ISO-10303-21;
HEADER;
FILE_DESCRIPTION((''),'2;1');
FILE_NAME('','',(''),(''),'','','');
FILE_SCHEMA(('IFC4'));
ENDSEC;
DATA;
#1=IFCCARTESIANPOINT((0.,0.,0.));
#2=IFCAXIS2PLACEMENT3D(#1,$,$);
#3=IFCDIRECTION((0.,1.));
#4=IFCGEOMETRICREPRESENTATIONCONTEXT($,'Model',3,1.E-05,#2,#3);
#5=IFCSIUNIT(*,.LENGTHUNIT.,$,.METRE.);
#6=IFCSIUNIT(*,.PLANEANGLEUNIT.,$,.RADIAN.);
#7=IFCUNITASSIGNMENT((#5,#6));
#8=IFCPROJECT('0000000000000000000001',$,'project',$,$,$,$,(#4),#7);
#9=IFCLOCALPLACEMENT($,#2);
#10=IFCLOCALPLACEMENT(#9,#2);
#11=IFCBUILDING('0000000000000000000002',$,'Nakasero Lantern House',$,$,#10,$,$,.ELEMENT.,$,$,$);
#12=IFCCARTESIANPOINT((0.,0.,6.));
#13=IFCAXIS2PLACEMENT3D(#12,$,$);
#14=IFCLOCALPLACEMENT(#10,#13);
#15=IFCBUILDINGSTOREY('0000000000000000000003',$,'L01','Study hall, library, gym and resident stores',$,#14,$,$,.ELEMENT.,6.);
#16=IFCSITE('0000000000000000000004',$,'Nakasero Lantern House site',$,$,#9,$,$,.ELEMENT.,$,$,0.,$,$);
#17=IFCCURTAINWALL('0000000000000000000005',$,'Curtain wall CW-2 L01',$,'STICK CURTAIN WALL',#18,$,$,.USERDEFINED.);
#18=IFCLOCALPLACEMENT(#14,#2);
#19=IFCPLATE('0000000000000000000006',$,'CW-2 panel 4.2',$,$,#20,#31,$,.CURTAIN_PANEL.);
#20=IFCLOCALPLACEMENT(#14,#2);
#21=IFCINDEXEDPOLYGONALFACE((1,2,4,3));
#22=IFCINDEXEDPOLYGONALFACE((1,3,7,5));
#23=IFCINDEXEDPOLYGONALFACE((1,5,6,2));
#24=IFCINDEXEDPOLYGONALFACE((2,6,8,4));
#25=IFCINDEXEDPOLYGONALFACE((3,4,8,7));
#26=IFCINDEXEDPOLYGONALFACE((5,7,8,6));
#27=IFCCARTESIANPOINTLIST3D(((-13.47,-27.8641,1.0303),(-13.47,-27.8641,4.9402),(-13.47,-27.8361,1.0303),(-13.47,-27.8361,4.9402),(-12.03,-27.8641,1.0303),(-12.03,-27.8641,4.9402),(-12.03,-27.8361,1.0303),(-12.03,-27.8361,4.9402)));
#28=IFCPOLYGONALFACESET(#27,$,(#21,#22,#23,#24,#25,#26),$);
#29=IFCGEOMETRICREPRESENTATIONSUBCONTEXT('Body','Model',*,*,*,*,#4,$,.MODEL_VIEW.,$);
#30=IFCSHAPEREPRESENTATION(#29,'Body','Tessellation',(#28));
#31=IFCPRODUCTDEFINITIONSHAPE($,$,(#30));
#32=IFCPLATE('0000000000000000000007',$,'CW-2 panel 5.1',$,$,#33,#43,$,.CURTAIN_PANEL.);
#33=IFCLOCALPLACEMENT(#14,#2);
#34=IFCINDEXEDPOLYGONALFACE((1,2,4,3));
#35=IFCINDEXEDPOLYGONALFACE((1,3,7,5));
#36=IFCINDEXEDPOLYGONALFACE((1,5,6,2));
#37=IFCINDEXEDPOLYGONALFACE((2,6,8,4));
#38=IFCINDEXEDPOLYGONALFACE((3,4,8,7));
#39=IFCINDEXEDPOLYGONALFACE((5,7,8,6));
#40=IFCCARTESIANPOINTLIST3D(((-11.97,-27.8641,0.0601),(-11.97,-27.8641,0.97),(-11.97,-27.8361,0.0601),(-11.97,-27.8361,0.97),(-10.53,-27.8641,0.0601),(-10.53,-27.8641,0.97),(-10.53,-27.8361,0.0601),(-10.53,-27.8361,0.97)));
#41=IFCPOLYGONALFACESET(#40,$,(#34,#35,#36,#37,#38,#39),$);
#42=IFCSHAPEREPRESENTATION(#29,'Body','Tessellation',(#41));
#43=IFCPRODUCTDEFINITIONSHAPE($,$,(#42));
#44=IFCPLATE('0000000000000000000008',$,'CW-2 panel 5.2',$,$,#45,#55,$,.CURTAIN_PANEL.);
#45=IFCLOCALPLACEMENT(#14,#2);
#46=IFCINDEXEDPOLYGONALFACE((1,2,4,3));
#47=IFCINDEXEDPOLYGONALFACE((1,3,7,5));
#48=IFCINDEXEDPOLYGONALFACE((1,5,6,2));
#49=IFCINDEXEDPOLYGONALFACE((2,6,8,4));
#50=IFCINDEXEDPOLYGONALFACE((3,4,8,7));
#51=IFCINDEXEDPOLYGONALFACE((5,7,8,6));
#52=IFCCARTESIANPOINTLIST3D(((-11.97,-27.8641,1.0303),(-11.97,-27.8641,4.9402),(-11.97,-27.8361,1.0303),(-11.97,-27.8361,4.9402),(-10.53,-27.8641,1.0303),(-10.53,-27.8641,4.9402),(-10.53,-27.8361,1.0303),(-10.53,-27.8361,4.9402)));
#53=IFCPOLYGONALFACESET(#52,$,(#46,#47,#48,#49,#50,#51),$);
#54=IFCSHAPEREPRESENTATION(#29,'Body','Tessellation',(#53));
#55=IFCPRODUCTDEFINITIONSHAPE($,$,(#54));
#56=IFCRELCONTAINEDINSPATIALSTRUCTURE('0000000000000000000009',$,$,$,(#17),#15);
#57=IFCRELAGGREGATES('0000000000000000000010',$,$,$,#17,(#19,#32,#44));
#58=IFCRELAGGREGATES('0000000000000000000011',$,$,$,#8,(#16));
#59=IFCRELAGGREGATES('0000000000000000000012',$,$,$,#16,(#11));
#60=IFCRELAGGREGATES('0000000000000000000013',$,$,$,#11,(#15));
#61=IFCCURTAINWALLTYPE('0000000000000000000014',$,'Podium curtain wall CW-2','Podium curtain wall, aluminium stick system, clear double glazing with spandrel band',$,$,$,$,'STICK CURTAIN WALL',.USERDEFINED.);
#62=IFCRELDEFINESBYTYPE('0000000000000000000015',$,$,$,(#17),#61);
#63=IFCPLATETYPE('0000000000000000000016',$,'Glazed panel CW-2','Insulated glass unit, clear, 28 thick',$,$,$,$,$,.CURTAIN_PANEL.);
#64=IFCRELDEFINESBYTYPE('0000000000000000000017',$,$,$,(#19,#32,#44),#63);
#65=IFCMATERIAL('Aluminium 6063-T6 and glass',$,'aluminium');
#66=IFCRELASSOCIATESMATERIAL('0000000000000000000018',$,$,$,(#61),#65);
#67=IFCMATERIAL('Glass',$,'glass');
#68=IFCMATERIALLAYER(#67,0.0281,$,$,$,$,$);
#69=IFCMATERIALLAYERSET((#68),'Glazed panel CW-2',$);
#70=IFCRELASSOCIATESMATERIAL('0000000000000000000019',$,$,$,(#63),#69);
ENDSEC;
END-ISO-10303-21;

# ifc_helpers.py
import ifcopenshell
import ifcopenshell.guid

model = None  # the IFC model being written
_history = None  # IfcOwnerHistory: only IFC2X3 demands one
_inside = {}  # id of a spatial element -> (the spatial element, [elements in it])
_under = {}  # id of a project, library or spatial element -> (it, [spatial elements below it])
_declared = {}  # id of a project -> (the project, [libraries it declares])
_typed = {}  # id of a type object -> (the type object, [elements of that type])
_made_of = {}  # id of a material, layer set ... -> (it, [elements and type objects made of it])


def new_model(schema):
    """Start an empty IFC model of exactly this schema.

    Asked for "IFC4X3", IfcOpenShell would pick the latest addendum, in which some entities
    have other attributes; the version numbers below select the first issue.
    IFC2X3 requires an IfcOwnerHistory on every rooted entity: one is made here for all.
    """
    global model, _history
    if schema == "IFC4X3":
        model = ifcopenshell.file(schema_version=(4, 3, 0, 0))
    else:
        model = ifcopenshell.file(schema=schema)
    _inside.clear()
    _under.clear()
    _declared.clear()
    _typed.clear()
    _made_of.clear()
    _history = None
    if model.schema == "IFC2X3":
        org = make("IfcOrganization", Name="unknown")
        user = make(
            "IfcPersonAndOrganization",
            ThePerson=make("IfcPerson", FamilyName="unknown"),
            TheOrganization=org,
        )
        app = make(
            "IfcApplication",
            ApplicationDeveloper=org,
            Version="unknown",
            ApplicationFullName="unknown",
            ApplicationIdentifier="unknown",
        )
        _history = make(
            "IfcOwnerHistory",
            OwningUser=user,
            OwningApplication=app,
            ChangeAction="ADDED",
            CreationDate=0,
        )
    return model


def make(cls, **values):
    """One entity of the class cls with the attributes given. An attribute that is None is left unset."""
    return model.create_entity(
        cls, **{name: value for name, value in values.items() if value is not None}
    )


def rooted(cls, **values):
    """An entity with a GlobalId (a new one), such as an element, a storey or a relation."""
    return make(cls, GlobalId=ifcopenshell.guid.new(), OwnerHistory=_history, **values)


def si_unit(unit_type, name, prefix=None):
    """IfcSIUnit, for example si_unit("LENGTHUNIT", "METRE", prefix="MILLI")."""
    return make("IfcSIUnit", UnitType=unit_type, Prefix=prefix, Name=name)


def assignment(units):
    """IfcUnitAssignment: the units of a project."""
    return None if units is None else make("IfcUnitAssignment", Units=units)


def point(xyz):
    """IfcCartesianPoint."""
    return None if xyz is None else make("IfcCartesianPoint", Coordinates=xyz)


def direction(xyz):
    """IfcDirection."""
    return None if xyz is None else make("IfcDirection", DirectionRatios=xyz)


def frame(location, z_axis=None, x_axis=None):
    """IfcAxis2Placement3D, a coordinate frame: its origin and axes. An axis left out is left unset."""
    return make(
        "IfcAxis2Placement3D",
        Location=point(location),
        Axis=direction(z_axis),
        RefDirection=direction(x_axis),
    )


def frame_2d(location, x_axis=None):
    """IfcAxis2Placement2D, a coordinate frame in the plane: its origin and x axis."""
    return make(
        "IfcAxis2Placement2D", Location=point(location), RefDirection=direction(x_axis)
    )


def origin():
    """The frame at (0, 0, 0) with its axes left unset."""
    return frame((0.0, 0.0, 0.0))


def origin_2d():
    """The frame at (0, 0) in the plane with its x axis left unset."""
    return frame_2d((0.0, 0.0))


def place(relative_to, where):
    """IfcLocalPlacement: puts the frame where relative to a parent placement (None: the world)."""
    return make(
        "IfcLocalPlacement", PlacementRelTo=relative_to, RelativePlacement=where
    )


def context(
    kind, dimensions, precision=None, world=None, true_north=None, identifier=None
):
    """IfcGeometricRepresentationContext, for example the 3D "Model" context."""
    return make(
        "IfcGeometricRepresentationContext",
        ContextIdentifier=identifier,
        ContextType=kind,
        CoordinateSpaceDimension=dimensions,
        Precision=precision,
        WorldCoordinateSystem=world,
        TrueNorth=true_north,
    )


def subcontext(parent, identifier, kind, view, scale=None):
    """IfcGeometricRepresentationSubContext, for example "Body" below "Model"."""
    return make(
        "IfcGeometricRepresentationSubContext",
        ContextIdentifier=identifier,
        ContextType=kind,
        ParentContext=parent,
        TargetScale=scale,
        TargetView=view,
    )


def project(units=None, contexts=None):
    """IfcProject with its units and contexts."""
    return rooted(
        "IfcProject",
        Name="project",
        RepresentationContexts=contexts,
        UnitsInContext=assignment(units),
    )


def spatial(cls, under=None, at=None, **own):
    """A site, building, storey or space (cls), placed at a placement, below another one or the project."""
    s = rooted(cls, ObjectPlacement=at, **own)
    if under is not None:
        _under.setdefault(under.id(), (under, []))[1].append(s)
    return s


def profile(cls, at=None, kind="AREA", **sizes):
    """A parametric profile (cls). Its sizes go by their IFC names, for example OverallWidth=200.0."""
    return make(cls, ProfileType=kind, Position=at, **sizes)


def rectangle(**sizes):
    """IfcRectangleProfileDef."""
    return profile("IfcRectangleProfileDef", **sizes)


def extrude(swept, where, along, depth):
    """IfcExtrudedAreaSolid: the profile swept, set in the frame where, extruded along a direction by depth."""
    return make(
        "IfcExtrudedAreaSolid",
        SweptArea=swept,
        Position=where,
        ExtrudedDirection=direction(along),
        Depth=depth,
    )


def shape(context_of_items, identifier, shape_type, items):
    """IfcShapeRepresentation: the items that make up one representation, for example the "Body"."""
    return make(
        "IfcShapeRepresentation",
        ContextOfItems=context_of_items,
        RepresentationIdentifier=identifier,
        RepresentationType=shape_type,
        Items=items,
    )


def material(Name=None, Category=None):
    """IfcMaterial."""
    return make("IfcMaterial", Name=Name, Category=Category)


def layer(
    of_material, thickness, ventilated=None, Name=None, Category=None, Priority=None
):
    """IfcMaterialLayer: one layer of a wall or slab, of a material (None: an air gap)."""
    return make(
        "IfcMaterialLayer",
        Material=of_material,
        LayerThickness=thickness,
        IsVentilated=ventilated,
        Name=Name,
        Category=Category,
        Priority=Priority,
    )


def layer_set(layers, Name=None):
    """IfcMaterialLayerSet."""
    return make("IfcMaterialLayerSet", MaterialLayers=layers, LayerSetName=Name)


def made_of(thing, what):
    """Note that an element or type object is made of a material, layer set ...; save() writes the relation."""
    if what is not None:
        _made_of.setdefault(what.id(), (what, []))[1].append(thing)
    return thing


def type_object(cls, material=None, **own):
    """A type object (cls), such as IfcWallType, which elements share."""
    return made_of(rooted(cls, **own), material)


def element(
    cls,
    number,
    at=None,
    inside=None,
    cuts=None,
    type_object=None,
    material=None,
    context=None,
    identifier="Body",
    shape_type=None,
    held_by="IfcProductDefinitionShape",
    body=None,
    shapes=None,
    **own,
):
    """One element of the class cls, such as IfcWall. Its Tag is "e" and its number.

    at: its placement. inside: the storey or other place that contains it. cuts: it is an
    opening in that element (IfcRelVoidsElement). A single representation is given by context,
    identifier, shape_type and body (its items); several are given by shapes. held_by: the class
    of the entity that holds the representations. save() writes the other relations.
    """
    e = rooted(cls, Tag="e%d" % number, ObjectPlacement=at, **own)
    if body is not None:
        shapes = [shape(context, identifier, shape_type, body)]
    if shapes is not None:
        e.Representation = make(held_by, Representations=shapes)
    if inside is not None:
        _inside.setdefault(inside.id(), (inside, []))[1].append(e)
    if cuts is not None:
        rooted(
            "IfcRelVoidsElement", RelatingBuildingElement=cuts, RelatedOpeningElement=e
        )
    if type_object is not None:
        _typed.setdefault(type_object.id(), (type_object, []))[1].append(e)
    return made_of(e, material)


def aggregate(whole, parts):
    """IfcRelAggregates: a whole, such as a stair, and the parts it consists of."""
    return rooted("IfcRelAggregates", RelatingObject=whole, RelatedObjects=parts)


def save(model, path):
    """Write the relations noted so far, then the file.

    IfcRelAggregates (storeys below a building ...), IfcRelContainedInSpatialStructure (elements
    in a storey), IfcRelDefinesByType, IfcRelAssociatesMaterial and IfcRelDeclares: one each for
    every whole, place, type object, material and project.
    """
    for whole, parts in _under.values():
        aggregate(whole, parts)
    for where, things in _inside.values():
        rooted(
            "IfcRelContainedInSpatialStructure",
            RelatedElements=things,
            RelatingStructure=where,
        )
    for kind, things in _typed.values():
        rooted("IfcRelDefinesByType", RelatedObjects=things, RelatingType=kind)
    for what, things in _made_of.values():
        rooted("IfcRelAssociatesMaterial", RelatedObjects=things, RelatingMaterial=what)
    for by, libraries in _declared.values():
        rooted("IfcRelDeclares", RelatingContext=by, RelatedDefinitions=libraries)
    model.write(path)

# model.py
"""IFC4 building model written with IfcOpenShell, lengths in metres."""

from ifc_helpers import new_model, si_unit, direction, frame, origin, origin_2d, place, context, subcontext, project, spatial, rectangle, extrude, material, layer, layer_set, type_object, element, aggregate, save


model = new_model("IFC4")

# Units and contexts
model_context = context("Model", 3, precision=1e-05, world=origin(), true_north=direction((0.0, 1.0)))
body_context = subcontext(model_context, "Body", "Model", "MODEL_VIEW")
ifc_project = project(units=[si_unit("LENGTHUNIT", "METRE"), si_unit("PLANEANGLEUNIT", "RADIAN")], contexts=[model_context])

# Site, building, storey
site_placement = place(None, origin())
site = spatial("IfcSite", under=ifc_project, at=site_placement, Name="Nakasero Lantern House site", CompositionType="ELEMENT", RefElevation=0.0)
building_placement = place(site_placement, origin())
building = spatial("IfcBuilding", under=site, at=building_placement, Name="Nakasero Lantern House", CompositionType="ELEMENT")
storey_placement = place(building_placement, frame((0.0, 0.0, 6.0)))
storey = spatial("IfcBuildingStorey", under=building, at=storey_placement, Name="L01", Description="Study hall, library, gym and resident stores", CompositionType="ELEMENT", Elevation=6.0)

# Curtain wall, plates
ifc_material_1 = material(Name="Aluminium 6063-T6 and glass", Category="aluminium")
curtain_wall_type = type_object("IfcCurtainWallType", Name="Podium curtain wall CW-2", Description="Podium curtain wall, aluminium stick system, clear double glazing with spandrel band", ElementType="STICK CURTAIN WALL", PredefinedType="USERDEFINED", material=ifc_material_1)
curtain_wall_placement = place(storey_placement, origin())
curtain_wall = element("IfcCurtainWall", 1, at=curtain_wall_placement, inside=storey, type_object=curtain_wall_type, Name="Curtain wall CW-2 L01", ObjectType="STICK CURTAIN WALL", PredefinedType="USERDEFINED")
ifc_material_2 = material(Name="Glass", Category="glass")
ifc_layer = layer(ifc_material_2, 0.0281)
ifc_layer_set = layer_set([ifc_layer], Name="Glazed panel CW-2")
plate_type = type_object("IfcPlateType", Name="Glazed panel CW-2", Description="Insulated glass unit, clear, 28 thick", PredefinedType="CURTAIN_PANEL", material=ifc_layer_set)
plate_1_placement = place(storey_placement, frame((-12.75, -27.8501, 1.0303), z_axis=(0.0, 0.0, 1.0), x_axis=(1.0, 0.0, 0.0)))
plate_1 = element("IfcPlate", 2, at=plate_1_placement, type_object=plate_type, Name="CW-2 panel 4.2", PredefinedType="CURTAIN_PANEL", context=body_context, shape_type="SweptSolid", body=[
    extrude(rectangle(XDim=1.4399, YDim=0.0281, at=origin_2d()), origin(), (0.0, 0.0, 1.0), 3.9099),
])
plate_2_placement = place(storey_placement, frame((-11.25, -27.8501, 0.0601), z_axis=(0.0, 0.0, 1.0), x_axis=(1.0, 0.0, 0.0)))
plate_2 = element("IfcPlate", 3, at=plate_2_placement, type_object=plate_type, Name="CW-2 panel 5.1", PredefinedType="CURTAIN_PANEL", context=body_context, shape_type="SweptSolid", body=[
    extrude(rectangle(XDim=1.4399, YDim=0.0281, at=origin_2d()), origin(), (0.0, 0.0, 1.0), 0.9099),
])
plate_3_placement = place(storey_placement, frame((-11.25, -27.8501, 1.0303), z_axis=(0.0, 0.0, 1.0), x_axis=(1.0, 0.0, 0.0)))
plate_3 = element("IfcPlate", 4, at=plate_3_placement, type_object=plate_type, Name="CW-2 panel 5.2", PredefinedType="CURTAIN_PANEL", context=body_context, shape_type="SweptSolid", body=[
    extrude(rectangle(XDim=1.4399, YDim=0.0281, at=origin_2d()), origin(), (0.0, 0.0, 1.0), 3.9099),
])
aggregate(curtain_wall, [plate_1, plate_2, plate_3])

save(model, "model.ifc")
